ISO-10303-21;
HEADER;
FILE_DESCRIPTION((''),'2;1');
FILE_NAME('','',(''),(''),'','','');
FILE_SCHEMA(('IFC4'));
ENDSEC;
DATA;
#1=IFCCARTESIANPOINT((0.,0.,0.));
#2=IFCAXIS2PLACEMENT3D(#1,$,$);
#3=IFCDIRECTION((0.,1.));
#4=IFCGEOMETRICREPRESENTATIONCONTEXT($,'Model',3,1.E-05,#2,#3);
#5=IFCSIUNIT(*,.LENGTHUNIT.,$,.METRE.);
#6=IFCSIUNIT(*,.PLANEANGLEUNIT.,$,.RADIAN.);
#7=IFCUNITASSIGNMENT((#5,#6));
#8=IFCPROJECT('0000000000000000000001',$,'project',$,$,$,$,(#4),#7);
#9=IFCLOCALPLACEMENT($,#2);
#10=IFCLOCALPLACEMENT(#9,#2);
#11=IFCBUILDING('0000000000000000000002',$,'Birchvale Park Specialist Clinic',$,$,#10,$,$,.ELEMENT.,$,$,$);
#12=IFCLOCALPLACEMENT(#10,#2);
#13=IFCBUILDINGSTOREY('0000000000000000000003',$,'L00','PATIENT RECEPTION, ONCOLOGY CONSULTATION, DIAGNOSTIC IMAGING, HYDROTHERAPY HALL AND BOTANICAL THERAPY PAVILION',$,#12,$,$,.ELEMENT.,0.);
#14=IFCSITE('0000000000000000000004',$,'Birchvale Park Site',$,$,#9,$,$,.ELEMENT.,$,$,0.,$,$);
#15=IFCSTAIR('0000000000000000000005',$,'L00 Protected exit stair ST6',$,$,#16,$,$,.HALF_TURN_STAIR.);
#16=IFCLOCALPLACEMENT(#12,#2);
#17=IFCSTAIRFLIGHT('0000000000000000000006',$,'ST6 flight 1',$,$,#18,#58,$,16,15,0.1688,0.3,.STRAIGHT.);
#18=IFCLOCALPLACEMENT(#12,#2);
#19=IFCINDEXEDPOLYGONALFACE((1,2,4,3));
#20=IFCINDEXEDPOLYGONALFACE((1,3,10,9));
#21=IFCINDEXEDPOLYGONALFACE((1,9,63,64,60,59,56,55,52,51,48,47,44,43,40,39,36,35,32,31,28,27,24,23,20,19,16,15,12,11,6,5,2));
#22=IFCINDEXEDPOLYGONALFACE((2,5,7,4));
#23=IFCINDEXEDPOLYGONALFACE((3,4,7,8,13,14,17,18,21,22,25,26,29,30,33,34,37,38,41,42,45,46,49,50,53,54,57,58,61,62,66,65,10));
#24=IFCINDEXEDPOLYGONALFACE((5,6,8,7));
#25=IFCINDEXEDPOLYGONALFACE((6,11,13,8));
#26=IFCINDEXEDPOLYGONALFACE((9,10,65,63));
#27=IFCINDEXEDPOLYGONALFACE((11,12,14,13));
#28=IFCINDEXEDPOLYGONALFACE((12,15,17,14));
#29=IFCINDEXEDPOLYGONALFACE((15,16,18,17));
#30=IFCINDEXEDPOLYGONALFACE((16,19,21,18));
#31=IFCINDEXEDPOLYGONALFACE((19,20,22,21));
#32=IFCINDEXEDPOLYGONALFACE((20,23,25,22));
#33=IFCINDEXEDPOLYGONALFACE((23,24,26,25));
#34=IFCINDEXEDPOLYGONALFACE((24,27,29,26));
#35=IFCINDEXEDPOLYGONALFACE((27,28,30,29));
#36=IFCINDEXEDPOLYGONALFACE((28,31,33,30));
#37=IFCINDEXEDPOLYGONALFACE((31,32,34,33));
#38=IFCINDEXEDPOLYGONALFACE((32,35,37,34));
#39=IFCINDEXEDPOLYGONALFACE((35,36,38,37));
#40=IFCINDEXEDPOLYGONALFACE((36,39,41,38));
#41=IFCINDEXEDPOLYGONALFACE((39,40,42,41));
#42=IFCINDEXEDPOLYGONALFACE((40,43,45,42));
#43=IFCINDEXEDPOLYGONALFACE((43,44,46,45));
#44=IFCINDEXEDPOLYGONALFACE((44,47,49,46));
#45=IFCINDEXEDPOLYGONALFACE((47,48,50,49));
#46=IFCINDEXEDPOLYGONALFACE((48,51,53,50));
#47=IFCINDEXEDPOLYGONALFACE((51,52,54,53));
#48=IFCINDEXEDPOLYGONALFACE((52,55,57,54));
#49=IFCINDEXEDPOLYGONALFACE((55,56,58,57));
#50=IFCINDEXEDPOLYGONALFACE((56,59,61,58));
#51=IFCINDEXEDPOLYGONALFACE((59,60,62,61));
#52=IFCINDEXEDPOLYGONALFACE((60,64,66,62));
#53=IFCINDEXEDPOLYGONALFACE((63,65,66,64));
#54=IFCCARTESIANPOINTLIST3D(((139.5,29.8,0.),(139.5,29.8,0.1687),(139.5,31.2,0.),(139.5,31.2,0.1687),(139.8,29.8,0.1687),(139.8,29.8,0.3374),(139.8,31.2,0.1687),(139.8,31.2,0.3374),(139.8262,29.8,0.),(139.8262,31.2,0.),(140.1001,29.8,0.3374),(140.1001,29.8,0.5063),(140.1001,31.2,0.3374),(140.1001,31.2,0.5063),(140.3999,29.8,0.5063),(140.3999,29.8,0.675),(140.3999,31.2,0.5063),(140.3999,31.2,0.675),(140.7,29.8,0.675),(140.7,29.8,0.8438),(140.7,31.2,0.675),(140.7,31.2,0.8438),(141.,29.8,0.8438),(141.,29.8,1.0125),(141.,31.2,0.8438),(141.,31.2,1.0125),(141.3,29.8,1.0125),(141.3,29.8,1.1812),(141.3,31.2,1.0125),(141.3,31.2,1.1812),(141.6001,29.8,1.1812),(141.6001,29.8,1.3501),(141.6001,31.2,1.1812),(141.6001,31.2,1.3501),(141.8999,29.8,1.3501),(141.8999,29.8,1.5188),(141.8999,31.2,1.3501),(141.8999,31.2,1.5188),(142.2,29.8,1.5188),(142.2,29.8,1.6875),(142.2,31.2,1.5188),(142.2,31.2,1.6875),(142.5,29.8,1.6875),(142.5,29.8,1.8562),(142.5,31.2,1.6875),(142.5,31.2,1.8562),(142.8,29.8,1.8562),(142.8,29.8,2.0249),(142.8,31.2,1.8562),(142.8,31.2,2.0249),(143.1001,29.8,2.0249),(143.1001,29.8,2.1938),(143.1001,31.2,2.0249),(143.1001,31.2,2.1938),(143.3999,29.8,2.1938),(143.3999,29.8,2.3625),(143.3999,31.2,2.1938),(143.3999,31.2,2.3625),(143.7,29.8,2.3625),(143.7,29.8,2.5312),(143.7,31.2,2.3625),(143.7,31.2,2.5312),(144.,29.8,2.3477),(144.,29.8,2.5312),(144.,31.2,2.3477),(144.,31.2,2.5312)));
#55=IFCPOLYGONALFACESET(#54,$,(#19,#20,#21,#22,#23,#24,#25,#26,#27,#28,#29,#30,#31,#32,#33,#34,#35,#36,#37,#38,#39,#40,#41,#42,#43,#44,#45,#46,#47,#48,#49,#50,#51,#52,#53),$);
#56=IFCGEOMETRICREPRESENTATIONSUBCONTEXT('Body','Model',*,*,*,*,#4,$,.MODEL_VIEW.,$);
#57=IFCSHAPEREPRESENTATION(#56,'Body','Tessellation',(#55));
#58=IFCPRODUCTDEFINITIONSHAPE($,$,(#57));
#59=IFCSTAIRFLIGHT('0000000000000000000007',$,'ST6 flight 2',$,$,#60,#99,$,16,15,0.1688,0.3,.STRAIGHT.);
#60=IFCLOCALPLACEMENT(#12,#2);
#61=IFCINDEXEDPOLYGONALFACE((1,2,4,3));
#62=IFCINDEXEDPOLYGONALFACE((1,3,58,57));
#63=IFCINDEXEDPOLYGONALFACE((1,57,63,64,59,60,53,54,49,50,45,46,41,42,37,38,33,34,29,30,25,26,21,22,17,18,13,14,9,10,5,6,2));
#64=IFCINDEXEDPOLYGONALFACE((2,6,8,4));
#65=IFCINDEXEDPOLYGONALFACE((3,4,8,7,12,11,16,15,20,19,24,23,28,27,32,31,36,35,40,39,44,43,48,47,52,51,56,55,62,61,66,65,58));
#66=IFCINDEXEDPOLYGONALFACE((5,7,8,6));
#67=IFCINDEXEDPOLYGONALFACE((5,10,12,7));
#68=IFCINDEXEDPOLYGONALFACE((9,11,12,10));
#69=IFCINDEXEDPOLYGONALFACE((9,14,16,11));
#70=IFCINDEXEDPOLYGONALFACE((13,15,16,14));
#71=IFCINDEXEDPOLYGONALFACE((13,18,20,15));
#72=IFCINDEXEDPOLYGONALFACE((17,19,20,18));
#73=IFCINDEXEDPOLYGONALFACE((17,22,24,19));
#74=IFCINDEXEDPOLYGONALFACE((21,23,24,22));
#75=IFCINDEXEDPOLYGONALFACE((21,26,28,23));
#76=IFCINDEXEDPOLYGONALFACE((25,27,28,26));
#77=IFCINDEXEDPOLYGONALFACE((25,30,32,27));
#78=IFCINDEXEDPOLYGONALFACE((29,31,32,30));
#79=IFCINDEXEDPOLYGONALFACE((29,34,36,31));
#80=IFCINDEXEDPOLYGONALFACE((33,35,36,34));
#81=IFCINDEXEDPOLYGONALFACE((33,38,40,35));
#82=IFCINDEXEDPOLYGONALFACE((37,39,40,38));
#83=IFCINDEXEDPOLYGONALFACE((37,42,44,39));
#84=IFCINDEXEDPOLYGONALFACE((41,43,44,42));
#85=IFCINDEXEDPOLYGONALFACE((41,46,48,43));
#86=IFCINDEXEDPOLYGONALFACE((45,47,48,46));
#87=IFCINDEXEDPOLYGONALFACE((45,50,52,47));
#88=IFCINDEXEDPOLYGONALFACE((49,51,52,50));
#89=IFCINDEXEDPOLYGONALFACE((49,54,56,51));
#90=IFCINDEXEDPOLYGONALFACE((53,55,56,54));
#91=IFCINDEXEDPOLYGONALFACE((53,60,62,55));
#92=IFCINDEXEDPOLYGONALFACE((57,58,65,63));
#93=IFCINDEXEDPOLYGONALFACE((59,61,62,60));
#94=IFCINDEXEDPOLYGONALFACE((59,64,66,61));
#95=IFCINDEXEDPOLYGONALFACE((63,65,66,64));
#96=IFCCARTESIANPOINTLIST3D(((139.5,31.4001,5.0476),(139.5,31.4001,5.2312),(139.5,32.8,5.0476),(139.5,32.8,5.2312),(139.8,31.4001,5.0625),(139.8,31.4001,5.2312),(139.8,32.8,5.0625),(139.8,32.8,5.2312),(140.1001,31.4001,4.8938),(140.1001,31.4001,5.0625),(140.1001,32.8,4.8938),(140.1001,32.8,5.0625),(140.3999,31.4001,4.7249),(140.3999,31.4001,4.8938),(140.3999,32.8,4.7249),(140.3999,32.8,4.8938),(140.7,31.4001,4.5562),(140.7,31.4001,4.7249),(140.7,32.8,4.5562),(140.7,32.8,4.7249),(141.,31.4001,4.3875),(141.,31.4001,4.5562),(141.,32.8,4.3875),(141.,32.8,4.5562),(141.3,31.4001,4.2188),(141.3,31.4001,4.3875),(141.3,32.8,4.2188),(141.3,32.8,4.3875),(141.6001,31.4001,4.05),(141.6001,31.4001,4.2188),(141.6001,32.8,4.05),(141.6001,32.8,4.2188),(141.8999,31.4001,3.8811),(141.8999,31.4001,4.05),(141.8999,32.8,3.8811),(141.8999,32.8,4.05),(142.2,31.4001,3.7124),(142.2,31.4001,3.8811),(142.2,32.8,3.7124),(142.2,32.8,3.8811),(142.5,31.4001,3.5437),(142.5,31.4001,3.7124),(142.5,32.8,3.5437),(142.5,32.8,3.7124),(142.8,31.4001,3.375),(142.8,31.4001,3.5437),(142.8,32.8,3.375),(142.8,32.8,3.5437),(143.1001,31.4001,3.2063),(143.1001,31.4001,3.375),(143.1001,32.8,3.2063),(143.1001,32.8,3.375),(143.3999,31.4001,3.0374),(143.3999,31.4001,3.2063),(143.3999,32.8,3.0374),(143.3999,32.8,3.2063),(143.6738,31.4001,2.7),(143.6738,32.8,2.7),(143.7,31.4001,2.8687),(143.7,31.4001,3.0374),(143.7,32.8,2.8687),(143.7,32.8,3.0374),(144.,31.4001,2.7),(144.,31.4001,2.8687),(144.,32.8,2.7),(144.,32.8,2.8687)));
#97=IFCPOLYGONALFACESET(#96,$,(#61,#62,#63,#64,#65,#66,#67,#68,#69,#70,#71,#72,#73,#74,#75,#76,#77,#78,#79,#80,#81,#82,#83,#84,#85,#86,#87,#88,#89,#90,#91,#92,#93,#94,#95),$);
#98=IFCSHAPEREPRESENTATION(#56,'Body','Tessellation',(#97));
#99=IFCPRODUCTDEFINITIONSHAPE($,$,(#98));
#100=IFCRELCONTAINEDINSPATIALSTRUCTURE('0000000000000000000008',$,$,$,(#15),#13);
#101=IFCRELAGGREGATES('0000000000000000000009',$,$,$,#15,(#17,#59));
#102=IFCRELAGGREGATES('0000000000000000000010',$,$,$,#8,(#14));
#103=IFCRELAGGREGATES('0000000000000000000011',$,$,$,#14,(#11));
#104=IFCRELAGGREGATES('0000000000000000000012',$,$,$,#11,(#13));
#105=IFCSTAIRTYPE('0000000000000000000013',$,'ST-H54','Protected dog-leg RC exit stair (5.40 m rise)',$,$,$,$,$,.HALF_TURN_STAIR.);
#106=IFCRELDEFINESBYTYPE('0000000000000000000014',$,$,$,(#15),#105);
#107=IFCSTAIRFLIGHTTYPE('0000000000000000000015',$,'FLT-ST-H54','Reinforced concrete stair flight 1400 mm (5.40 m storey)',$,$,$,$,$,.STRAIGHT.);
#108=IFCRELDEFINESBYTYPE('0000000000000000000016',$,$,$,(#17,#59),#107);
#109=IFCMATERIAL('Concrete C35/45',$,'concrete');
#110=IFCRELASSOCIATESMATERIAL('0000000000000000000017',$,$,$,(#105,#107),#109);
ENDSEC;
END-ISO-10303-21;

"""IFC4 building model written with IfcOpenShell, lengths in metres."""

from ifc_helpers import new_model, si_unit, direction, frame, origin, place, context, subcontext, project, spatial, polyline, outline, extrude, material, type_object, element, aggregate, save


model = new_model("IFC4")

# Units and contexts
model_context = context("Model", 3, precision=1e-05, world=origin(), true_north=direction((0.0, 1.0)))
body_context = subcontext(model_context, "Body", "Model", "MODEL_VIEW")
ifc_project = project(units=[si_unit("LENGTHUNIT", "METRE"), si_unit("PLANEANGLEUNIT", "RADIAN")], contexts=[model_context])

# Site, building, storey
site_placement = place(None, origin())
site = spatial("IfcSite", under=ifc_project, at=site_placement, Name="Birchvale Park Site", CompositionType="ELEMENT", RefElevation=0.0)
building_placement = place(site_placement, origin())
building = spatial("IfcBuilding", under=site, at=building_placement, Name="Birchvale Park Specialist Clinic", CompositionType="ELEMENT")
storey_placement = place(building_placement, origin())
storey = spatial("IfcBuildingStorey", under=building, at=storey_placement, Name="L00", Description="PATIENT RECEPTION, ONCOLOGY CONSULTATION, DIAGNOSTIC IMAGING, HYDROTHERAPY HALL AND BOTANICAL THERAPY PAVILION", CompositionType="ELEMENT", Elevation=0.0)

# Stair, stair flights
ifc_material_1 = material(Name="Concrete C35/45", Category="concrete")
stair_type = type_object("IfcStairType", Name="ST-H54", Description="Protected dog-leg RC exit stair (5.40 m rise)", PredefinedType="HALF_TURN_STAIR", material=ifc_material_1)
stair_placement = place(storey_placement, origin())
stair = element("IfcStair", 1, at=stair_placement, inside=storey, type_object=stair_type, Name="L00 Protected exit stair ST6", PredefinedType="HALF_TURN_STAIR")
stair_flight_type = type_object("IfcStairFlightType", Name="FLT-ST-H54", Description="Reinforced concrete stair flight 1400 mm (5.40 m storey)", PredefinedType="STRAIGHT", material=ifc_material_1)
stair_flight_1_placement = place(storey_placement, frame((139.5, 30.5, 0.0), z_axis=(0.0, 0.0, 1.0), x_axis=(1.0, 0.0, 0.0)))
stair_flight_1 = element("IfcStairFlight", 2, at=stair_flight_1_placement, type_object=stair_flight_type, Name="ST6 flight 1", NumberOfRisers=16, NumberOfTreads=15, PredefinedType="STRAIGHT", RiserHeight=0.1688, TreadLength=0.3, context=body_context, shape_type="SweptSolid", body=[
    extrude(outline(polyline([(0.0, 0.0), (0.0, 0.1687), (0.3, 0.1687), (0.3, 0.3374), (0.6001, 0.3374), (0.6001, 0.5063), (0.8999, 0.5063), (0.8999, 0.675), (1.2, 0.675), (1.2, 0.8438), (1.5, 0.8438), (1.5, 1.0125), (1.8, 1.0125), (1.8, 1.1812), (2.1001, 1.1812), (2.1001, 1.3501), (2.3999, 1.3501), (2.3999, 1.5188), (2.7, 1.5188), (2.7, 1.6875), (3.0, 1.6875), (3.0, 1.8562), (3.3, 1.8562), (3.3, 2.0249), (3.6001, 2.0249), (3.6001, 2.1938), (3.8999, 2.1938), (3.8999, 2.3625), (4.2, 2.3625), (4.2, 2.5312), (4.5, 2.5312), (4.5, 2.7), (4.5, 2.3477), (0.3262, 0.0), (0.0, 0.0)])), frame((0.0, 0.7, 0.0), z_axis=(0.0, -1.0, 0.0), x_axis=(1.0, 0.0, 0.0)), (0.0, 0.0, 1.0), 1.3999),
])
stair_flight_2_placement = place(storey_placement, frame((144.0, 32.1001, 2.7), z_axis=(0.0, 0.0, 1.0), x_axis=(-1.0, 0.0, 0.0)))
stair_flight_2 = element("IfcStairFlight", 3, at=stair_flight_2_placement, type_object=stair_flight_type, Name="ST6 flight 2", NumberOfRisers=16, NumberOfTreads=15, PredefinedType="STRAIGHT", RiserHeight=0.1688, TreadLength=0.3, context=body_context, shape_type="SweptSolid", body=[
    extrude(outline(polyline([(0.0, 0.0), (0.0, 0.1687), (0.3, 0.1687), (0.3, 0.3374), (0.6001, 0.3374), (0.6001, 0.5063), (0.8999, 0.5063), (0.8999, 0.675), (1.2, 0.675), (1.2, 0.8438), (1.5, 0.8438), (1.5, 1.0125), (1.8, 1.0125), (1.8, 1.1812), (2.1001, 1.1812), (2.1001, 1.3501), (2.3999, 1.3501), (2.3999, 1.5188), (2.7, 1.5188), (2.7, 1.6875), (3.0, 1.6875), (3.0, 1.8562), (3.3, 1.8562), (3.3, 2.0249), (3.6001, 2.0249), (3.6001, 2.1938), (3.8999, 2.1938), (3.8999, 2.3625), (4.2, 2.3625), (4.2, 2.5312), (4.5, 2.5312), (4.5, 2.7), (4.5, 2.3477), (0.3262, 0.0), (0.0, 0.0)])), frame((0.0, 0.7, 0.0), z_axis=(0.0, -1.0, 0.0), x_axis=(1.0, 0.0, 0.0)), (0.0, 0.0, 1.0), 1.3999),
])
aggregate(stair, [stair_flight_1, stair_flight_2])

save(model, "model.ifc")
